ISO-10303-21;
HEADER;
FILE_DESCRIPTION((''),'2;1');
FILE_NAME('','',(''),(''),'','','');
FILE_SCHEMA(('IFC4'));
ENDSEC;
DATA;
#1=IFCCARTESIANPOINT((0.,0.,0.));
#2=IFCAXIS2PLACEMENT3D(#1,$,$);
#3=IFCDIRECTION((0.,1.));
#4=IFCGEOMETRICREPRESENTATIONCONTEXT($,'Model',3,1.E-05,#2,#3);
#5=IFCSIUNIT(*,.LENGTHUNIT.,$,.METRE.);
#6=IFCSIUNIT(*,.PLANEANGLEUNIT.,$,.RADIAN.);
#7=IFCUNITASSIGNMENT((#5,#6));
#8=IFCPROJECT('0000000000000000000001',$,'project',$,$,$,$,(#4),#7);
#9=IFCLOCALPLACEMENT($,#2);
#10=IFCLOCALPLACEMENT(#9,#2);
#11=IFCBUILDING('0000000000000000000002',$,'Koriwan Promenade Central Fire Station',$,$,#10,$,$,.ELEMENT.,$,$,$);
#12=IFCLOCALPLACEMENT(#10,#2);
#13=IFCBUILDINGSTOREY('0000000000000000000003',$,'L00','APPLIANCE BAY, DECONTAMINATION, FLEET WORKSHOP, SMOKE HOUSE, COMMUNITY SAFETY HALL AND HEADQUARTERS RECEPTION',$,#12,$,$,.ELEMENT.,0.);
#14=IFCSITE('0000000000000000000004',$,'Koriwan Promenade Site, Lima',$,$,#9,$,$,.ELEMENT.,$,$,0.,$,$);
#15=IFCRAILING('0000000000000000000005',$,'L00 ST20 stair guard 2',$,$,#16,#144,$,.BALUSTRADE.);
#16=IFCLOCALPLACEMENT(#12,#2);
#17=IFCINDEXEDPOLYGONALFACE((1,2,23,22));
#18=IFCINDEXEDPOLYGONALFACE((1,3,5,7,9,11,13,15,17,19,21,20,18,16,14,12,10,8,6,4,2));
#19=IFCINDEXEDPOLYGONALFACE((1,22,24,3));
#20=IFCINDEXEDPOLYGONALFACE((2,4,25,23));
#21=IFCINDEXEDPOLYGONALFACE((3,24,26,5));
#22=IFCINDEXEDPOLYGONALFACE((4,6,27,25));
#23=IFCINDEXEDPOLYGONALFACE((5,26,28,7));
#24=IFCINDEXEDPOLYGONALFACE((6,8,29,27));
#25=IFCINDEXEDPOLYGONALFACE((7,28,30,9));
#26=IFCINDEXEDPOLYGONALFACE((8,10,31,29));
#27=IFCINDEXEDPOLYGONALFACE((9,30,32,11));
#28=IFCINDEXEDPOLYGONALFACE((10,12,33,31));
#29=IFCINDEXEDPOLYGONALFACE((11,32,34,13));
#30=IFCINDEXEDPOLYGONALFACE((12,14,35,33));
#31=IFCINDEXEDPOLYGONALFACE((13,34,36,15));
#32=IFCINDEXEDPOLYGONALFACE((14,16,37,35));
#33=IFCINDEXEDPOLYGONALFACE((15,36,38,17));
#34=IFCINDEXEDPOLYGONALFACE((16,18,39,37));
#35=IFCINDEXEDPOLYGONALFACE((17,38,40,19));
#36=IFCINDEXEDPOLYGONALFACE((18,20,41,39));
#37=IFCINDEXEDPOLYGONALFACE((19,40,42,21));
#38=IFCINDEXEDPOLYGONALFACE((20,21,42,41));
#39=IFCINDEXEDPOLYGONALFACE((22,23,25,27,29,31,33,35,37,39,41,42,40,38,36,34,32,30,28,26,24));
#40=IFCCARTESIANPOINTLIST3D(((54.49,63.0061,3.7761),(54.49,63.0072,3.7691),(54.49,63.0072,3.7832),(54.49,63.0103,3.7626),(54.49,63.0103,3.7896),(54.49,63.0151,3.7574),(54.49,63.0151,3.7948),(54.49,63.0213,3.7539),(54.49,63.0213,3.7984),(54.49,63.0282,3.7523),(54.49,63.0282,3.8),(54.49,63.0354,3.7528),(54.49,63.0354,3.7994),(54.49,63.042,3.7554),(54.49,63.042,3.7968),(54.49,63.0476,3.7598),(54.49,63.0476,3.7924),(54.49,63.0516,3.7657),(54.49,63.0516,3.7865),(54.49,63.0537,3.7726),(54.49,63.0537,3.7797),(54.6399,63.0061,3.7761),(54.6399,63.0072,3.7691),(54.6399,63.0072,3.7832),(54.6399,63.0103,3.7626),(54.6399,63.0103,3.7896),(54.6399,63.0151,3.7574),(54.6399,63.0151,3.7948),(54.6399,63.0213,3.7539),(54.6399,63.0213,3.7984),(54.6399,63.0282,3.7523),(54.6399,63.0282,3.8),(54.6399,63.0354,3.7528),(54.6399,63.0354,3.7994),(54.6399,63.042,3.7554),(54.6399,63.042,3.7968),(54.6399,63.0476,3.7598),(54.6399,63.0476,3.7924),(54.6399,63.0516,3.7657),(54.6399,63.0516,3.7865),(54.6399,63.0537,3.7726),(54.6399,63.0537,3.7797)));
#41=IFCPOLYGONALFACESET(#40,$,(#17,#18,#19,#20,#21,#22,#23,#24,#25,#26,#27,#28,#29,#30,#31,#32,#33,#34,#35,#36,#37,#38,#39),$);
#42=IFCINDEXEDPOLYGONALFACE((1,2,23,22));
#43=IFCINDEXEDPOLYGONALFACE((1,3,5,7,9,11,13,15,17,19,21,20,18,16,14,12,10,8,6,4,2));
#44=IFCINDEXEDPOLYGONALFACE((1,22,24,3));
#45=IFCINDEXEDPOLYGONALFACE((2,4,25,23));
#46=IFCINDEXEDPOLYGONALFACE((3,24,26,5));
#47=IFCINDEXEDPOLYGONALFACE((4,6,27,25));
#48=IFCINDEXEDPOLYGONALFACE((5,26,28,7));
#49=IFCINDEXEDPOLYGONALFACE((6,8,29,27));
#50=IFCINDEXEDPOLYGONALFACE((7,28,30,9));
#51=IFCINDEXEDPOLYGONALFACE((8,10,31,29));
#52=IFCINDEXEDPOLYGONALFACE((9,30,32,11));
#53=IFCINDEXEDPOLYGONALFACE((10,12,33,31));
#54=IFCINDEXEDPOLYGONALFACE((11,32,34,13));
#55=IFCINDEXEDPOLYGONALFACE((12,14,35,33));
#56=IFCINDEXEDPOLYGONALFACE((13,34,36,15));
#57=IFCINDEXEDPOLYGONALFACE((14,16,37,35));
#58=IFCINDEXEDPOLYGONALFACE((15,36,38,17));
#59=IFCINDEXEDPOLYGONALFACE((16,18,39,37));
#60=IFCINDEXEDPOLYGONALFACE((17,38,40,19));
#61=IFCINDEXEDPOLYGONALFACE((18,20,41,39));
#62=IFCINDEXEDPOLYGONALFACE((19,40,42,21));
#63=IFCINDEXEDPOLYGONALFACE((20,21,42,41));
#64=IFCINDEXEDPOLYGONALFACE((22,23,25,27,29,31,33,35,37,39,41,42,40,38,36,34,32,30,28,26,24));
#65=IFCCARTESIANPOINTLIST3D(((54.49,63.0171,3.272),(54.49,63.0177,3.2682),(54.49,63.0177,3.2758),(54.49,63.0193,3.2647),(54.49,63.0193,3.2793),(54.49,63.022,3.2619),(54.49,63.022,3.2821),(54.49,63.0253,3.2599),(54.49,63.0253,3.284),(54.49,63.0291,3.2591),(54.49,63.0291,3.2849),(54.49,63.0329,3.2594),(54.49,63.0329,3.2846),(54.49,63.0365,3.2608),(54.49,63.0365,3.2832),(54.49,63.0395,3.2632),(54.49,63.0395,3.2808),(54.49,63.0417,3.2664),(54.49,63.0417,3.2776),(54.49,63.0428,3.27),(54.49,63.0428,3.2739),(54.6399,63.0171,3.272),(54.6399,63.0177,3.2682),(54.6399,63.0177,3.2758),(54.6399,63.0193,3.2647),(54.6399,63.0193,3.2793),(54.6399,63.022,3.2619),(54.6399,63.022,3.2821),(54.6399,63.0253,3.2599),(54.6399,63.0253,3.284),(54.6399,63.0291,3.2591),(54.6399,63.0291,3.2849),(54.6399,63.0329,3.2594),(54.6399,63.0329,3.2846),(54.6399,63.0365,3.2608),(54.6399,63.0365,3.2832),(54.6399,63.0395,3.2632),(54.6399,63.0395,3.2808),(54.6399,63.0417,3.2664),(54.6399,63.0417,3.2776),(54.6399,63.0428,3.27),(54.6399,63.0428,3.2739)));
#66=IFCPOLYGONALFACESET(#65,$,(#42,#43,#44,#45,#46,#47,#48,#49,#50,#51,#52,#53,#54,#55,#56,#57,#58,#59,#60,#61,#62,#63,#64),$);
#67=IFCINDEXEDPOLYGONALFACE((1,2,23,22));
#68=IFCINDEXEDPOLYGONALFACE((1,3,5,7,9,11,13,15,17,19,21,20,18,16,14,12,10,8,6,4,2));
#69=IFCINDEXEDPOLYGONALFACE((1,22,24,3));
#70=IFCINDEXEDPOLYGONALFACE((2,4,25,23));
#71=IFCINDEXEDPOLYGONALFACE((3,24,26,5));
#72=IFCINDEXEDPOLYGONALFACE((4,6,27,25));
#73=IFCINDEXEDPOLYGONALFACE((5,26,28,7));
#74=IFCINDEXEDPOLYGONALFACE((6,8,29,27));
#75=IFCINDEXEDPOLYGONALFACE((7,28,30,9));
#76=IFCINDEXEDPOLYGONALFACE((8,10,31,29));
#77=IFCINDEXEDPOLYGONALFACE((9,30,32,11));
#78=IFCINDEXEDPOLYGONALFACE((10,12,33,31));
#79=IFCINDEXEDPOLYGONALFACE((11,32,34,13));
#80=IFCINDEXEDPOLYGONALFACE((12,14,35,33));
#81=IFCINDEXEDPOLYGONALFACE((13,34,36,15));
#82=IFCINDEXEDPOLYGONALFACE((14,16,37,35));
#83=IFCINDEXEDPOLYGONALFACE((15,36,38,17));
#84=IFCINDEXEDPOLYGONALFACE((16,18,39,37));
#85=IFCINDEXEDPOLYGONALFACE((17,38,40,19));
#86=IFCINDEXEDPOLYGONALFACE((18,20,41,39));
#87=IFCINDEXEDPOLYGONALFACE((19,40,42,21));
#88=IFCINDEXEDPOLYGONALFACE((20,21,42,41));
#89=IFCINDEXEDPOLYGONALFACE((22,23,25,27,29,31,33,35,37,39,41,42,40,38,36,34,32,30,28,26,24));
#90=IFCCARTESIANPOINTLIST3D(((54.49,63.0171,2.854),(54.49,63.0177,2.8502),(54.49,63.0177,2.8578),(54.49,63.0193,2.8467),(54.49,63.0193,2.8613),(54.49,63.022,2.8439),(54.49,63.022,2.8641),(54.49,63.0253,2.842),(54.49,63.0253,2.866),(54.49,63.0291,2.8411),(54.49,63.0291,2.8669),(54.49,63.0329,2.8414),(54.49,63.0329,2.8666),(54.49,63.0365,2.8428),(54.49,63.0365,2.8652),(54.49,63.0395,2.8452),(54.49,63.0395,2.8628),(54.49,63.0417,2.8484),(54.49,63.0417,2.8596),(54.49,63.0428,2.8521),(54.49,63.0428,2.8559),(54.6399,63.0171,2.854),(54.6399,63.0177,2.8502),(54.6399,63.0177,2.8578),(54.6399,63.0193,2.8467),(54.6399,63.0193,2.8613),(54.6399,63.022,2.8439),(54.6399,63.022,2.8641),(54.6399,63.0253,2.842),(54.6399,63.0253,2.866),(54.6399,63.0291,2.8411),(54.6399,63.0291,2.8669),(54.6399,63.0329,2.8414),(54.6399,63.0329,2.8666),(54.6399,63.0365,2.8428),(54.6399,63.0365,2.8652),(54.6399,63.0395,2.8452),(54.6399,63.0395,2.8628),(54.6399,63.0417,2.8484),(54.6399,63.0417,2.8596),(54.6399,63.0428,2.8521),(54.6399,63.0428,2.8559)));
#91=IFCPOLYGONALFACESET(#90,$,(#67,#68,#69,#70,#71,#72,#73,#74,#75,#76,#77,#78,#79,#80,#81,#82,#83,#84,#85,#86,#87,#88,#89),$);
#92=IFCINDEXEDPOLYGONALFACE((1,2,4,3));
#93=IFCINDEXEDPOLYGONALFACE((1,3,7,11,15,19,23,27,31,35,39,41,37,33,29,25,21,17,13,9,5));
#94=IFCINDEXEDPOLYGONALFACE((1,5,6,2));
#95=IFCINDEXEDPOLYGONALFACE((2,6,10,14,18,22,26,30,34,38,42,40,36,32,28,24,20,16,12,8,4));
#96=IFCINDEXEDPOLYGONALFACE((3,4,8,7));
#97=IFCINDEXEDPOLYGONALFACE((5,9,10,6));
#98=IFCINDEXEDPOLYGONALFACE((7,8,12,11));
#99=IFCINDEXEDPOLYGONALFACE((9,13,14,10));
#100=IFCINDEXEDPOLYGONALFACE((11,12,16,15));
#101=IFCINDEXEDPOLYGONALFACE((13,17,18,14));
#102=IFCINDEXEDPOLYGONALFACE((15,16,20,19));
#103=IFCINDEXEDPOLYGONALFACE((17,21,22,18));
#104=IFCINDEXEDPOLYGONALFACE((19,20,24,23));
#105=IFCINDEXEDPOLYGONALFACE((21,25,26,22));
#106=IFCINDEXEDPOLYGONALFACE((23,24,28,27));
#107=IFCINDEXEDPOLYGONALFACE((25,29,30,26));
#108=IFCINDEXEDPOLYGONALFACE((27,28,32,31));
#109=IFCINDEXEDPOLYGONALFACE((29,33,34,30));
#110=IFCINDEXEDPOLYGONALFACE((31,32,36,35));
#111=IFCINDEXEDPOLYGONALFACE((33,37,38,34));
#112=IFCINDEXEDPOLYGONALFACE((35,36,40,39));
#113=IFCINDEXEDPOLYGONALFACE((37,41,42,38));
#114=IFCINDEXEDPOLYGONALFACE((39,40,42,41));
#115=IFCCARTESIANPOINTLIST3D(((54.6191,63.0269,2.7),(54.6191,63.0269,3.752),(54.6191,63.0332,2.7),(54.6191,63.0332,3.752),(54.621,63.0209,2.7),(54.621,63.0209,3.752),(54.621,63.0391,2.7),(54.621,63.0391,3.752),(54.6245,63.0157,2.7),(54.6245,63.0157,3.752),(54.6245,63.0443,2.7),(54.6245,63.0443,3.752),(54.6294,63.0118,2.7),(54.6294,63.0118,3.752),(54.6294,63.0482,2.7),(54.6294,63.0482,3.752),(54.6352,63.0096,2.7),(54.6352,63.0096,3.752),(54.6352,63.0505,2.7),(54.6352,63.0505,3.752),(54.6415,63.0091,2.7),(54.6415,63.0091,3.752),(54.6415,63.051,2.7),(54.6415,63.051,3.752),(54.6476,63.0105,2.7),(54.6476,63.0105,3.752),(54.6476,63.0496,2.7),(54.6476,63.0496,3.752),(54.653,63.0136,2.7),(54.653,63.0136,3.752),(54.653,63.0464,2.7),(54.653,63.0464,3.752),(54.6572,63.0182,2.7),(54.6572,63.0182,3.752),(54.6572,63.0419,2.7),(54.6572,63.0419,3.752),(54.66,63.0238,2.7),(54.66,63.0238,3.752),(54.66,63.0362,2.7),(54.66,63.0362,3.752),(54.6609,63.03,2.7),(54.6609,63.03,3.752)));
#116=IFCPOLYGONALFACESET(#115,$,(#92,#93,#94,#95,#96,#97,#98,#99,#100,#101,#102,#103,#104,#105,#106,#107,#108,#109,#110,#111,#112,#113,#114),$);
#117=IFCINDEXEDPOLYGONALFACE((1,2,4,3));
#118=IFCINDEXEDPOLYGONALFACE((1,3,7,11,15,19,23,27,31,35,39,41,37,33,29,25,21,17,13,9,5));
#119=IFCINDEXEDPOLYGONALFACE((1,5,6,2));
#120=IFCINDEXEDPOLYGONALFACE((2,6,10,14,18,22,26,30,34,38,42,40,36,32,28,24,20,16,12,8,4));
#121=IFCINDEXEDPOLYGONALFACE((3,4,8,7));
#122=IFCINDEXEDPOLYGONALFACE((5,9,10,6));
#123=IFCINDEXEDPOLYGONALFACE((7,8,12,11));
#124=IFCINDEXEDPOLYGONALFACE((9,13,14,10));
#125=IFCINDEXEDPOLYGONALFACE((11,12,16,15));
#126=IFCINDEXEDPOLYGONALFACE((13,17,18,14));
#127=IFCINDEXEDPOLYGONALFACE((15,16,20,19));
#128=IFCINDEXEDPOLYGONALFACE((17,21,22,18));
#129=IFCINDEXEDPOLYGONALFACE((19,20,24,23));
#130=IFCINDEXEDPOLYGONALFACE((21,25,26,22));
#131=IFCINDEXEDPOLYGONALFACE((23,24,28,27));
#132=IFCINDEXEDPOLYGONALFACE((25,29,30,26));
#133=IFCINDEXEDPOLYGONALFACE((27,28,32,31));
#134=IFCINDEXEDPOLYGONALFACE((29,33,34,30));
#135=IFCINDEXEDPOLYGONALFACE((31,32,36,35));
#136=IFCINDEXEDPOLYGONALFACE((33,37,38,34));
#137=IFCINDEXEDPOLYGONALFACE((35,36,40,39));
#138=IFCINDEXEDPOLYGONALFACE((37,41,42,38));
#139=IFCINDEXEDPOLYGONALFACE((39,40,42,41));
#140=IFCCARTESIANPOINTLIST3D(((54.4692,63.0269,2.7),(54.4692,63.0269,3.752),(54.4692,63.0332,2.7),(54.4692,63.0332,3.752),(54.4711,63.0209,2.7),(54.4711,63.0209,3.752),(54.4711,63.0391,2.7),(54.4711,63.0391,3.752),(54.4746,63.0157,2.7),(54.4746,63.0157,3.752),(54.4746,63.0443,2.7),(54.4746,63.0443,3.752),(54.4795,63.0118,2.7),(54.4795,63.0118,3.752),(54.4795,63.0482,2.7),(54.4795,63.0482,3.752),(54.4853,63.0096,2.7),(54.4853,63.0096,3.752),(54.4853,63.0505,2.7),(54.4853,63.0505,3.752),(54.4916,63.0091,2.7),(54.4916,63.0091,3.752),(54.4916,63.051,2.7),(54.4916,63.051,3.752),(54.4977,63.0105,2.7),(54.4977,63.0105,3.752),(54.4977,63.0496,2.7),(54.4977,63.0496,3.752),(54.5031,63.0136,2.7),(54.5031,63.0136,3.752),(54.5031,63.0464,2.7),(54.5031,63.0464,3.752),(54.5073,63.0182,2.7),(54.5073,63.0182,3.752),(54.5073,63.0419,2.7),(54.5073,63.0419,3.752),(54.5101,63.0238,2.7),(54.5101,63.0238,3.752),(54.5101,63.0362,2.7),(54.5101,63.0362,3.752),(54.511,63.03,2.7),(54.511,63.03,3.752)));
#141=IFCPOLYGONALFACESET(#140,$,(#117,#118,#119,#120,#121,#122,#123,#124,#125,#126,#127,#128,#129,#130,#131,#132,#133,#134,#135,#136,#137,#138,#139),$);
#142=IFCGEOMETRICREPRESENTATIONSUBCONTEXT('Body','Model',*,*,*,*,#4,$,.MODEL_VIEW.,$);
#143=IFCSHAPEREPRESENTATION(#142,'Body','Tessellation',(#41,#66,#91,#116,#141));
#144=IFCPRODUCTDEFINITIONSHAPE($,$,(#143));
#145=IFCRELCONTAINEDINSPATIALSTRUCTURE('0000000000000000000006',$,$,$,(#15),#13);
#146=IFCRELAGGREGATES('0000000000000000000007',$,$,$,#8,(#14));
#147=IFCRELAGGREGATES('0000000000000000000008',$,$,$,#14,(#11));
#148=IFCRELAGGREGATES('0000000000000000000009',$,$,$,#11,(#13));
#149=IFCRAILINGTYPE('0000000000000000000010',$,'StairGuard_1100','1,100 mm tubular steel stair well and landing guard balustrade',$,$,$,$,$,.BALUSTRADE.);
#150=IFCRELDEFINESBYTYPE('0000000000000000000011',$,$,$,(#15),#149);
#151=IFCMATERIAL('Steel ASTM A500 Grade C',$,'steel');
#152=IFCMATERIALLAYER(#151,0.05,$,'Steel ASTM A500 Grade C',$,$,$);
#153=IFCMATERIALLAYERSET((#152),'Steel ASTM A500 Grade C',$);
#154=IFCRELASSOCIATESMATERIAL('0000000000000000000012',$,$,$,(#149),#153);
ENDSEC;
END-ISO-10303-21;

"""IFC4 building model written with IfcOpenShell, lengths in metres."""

from ifc_helpers import new_model, si_unit, direction, frame, origin, origin_2d, place, context, subcontext, project, spatial, circle, extrude, material, layer, layer_set, type_object, element, save


model = new_model("IFC4")

# Units and contexts
model_context = context("Model", 3, precision=1e-05, world=origin(), true_north=direction((0.0, 1.0)))
body_context = subcontext(model_context, "Body", "Model", "MODEL_VIEW")
ifc_project = project(units=[si_unit("LENGTHUNIT", "METRE"), si_unit("PLANEANGLEUNIT", "RADIAN")], contexts=[model_context])

# Site, building, storey
site_placement = place(None, origin())
site = spatial("IfcSite", under=ifc_project, at=site_placement, Name="Koriwan Promenade Site, Lima", CompositionType="ELEMENT", RefElevation=0.0)
building_placement = place(site_placement, origin())
building = spatial("IfcBuilding", under=site, at=building_placement, Name="Koriwan Promenade Central Fire Station", CompositionType="ELEMENT")
storey_placement = place(building_placement, origin())
storey = spatial("IfcBuildingStorey", under=building, at=storey_placement, Name="L00", Description="APPLIANCE BAY, DECONTAMINATION, FLEET WORKSHOP, SMOKE HOUSE, COMMUNITY SAFETY HALL AND HEADQUARTERS RECEPTION", CompositionType="ELEMENT", Elevation=0.0)

# Railing
ifc_material_1 = material(Name="Steel ASTM A500 Grade C", Category="steel")
ifc_layer_1 = layer(ifc_material_1, 0.05, Name="Steel ASTM A500 Grade C")
ifc_layer_set_1 = layer_set([ifc_layer_1], Name="Steel ASTM A500 Grade C")
railing_type_1 = type_object("IfcRailingType", Name="StairGuard_1100", Description="1,100 mm tubular steel stair well and landing guard balustrade", PredefinedType="BALUSTRADE", material=ifc_layer_set_1)
railing_1_placement = place(storey_placement, frame((54.6399, 63.03, 2.7)))
element("IfcRailing", 1, at=railing_1_placement, inside=storey, type_object=railing_type_1, Name="L00 ST20 stair guard 2", PredefinedType="BALUSTRADE", context=body_context, shape_type="SweptSolid", body=[
    extrude(circle(Radius=0.0239, at=origin_2d()), frame((0.0, 0.0, 1.0762), z_axis=(-1.0, 0.0, 0.0), x_axis=(0.0, -1.0, 0.0)), (0.0, 0.0, 1.0), 0.1499),
    extrude(circle(Radius=0.0129, at=origin_2d()), frame((0.0, 0.0, 0.572), z_axis=(-1.0, 0.0, 0.0), x_axis=(0.0, -1.0, 0.0)), (0.0, 0.0, 1.0), 0.1499),
    extrude(circle(Radius=0.0129, at=origin_2d()), frame((0.0, 0.0, 0.1541), z_axis=(-1.0, 0.0, 0.0), x_axis=(0.0, -1.0, 0.0)), (0.0, 0.0, 1.0), 0.1499),
    extrude(circle(Radius=0.021, at=origin_2d()), origin(), (0.0, 0.0, 1.0), 1.052),
    extrude(circle(Radius=0.021, at=origin_2d()), frame((-0.1499, 0.0, 0.0)), (0.0, 0.0, 1.0), 1.052),
])

save(model, "model.ifc")
